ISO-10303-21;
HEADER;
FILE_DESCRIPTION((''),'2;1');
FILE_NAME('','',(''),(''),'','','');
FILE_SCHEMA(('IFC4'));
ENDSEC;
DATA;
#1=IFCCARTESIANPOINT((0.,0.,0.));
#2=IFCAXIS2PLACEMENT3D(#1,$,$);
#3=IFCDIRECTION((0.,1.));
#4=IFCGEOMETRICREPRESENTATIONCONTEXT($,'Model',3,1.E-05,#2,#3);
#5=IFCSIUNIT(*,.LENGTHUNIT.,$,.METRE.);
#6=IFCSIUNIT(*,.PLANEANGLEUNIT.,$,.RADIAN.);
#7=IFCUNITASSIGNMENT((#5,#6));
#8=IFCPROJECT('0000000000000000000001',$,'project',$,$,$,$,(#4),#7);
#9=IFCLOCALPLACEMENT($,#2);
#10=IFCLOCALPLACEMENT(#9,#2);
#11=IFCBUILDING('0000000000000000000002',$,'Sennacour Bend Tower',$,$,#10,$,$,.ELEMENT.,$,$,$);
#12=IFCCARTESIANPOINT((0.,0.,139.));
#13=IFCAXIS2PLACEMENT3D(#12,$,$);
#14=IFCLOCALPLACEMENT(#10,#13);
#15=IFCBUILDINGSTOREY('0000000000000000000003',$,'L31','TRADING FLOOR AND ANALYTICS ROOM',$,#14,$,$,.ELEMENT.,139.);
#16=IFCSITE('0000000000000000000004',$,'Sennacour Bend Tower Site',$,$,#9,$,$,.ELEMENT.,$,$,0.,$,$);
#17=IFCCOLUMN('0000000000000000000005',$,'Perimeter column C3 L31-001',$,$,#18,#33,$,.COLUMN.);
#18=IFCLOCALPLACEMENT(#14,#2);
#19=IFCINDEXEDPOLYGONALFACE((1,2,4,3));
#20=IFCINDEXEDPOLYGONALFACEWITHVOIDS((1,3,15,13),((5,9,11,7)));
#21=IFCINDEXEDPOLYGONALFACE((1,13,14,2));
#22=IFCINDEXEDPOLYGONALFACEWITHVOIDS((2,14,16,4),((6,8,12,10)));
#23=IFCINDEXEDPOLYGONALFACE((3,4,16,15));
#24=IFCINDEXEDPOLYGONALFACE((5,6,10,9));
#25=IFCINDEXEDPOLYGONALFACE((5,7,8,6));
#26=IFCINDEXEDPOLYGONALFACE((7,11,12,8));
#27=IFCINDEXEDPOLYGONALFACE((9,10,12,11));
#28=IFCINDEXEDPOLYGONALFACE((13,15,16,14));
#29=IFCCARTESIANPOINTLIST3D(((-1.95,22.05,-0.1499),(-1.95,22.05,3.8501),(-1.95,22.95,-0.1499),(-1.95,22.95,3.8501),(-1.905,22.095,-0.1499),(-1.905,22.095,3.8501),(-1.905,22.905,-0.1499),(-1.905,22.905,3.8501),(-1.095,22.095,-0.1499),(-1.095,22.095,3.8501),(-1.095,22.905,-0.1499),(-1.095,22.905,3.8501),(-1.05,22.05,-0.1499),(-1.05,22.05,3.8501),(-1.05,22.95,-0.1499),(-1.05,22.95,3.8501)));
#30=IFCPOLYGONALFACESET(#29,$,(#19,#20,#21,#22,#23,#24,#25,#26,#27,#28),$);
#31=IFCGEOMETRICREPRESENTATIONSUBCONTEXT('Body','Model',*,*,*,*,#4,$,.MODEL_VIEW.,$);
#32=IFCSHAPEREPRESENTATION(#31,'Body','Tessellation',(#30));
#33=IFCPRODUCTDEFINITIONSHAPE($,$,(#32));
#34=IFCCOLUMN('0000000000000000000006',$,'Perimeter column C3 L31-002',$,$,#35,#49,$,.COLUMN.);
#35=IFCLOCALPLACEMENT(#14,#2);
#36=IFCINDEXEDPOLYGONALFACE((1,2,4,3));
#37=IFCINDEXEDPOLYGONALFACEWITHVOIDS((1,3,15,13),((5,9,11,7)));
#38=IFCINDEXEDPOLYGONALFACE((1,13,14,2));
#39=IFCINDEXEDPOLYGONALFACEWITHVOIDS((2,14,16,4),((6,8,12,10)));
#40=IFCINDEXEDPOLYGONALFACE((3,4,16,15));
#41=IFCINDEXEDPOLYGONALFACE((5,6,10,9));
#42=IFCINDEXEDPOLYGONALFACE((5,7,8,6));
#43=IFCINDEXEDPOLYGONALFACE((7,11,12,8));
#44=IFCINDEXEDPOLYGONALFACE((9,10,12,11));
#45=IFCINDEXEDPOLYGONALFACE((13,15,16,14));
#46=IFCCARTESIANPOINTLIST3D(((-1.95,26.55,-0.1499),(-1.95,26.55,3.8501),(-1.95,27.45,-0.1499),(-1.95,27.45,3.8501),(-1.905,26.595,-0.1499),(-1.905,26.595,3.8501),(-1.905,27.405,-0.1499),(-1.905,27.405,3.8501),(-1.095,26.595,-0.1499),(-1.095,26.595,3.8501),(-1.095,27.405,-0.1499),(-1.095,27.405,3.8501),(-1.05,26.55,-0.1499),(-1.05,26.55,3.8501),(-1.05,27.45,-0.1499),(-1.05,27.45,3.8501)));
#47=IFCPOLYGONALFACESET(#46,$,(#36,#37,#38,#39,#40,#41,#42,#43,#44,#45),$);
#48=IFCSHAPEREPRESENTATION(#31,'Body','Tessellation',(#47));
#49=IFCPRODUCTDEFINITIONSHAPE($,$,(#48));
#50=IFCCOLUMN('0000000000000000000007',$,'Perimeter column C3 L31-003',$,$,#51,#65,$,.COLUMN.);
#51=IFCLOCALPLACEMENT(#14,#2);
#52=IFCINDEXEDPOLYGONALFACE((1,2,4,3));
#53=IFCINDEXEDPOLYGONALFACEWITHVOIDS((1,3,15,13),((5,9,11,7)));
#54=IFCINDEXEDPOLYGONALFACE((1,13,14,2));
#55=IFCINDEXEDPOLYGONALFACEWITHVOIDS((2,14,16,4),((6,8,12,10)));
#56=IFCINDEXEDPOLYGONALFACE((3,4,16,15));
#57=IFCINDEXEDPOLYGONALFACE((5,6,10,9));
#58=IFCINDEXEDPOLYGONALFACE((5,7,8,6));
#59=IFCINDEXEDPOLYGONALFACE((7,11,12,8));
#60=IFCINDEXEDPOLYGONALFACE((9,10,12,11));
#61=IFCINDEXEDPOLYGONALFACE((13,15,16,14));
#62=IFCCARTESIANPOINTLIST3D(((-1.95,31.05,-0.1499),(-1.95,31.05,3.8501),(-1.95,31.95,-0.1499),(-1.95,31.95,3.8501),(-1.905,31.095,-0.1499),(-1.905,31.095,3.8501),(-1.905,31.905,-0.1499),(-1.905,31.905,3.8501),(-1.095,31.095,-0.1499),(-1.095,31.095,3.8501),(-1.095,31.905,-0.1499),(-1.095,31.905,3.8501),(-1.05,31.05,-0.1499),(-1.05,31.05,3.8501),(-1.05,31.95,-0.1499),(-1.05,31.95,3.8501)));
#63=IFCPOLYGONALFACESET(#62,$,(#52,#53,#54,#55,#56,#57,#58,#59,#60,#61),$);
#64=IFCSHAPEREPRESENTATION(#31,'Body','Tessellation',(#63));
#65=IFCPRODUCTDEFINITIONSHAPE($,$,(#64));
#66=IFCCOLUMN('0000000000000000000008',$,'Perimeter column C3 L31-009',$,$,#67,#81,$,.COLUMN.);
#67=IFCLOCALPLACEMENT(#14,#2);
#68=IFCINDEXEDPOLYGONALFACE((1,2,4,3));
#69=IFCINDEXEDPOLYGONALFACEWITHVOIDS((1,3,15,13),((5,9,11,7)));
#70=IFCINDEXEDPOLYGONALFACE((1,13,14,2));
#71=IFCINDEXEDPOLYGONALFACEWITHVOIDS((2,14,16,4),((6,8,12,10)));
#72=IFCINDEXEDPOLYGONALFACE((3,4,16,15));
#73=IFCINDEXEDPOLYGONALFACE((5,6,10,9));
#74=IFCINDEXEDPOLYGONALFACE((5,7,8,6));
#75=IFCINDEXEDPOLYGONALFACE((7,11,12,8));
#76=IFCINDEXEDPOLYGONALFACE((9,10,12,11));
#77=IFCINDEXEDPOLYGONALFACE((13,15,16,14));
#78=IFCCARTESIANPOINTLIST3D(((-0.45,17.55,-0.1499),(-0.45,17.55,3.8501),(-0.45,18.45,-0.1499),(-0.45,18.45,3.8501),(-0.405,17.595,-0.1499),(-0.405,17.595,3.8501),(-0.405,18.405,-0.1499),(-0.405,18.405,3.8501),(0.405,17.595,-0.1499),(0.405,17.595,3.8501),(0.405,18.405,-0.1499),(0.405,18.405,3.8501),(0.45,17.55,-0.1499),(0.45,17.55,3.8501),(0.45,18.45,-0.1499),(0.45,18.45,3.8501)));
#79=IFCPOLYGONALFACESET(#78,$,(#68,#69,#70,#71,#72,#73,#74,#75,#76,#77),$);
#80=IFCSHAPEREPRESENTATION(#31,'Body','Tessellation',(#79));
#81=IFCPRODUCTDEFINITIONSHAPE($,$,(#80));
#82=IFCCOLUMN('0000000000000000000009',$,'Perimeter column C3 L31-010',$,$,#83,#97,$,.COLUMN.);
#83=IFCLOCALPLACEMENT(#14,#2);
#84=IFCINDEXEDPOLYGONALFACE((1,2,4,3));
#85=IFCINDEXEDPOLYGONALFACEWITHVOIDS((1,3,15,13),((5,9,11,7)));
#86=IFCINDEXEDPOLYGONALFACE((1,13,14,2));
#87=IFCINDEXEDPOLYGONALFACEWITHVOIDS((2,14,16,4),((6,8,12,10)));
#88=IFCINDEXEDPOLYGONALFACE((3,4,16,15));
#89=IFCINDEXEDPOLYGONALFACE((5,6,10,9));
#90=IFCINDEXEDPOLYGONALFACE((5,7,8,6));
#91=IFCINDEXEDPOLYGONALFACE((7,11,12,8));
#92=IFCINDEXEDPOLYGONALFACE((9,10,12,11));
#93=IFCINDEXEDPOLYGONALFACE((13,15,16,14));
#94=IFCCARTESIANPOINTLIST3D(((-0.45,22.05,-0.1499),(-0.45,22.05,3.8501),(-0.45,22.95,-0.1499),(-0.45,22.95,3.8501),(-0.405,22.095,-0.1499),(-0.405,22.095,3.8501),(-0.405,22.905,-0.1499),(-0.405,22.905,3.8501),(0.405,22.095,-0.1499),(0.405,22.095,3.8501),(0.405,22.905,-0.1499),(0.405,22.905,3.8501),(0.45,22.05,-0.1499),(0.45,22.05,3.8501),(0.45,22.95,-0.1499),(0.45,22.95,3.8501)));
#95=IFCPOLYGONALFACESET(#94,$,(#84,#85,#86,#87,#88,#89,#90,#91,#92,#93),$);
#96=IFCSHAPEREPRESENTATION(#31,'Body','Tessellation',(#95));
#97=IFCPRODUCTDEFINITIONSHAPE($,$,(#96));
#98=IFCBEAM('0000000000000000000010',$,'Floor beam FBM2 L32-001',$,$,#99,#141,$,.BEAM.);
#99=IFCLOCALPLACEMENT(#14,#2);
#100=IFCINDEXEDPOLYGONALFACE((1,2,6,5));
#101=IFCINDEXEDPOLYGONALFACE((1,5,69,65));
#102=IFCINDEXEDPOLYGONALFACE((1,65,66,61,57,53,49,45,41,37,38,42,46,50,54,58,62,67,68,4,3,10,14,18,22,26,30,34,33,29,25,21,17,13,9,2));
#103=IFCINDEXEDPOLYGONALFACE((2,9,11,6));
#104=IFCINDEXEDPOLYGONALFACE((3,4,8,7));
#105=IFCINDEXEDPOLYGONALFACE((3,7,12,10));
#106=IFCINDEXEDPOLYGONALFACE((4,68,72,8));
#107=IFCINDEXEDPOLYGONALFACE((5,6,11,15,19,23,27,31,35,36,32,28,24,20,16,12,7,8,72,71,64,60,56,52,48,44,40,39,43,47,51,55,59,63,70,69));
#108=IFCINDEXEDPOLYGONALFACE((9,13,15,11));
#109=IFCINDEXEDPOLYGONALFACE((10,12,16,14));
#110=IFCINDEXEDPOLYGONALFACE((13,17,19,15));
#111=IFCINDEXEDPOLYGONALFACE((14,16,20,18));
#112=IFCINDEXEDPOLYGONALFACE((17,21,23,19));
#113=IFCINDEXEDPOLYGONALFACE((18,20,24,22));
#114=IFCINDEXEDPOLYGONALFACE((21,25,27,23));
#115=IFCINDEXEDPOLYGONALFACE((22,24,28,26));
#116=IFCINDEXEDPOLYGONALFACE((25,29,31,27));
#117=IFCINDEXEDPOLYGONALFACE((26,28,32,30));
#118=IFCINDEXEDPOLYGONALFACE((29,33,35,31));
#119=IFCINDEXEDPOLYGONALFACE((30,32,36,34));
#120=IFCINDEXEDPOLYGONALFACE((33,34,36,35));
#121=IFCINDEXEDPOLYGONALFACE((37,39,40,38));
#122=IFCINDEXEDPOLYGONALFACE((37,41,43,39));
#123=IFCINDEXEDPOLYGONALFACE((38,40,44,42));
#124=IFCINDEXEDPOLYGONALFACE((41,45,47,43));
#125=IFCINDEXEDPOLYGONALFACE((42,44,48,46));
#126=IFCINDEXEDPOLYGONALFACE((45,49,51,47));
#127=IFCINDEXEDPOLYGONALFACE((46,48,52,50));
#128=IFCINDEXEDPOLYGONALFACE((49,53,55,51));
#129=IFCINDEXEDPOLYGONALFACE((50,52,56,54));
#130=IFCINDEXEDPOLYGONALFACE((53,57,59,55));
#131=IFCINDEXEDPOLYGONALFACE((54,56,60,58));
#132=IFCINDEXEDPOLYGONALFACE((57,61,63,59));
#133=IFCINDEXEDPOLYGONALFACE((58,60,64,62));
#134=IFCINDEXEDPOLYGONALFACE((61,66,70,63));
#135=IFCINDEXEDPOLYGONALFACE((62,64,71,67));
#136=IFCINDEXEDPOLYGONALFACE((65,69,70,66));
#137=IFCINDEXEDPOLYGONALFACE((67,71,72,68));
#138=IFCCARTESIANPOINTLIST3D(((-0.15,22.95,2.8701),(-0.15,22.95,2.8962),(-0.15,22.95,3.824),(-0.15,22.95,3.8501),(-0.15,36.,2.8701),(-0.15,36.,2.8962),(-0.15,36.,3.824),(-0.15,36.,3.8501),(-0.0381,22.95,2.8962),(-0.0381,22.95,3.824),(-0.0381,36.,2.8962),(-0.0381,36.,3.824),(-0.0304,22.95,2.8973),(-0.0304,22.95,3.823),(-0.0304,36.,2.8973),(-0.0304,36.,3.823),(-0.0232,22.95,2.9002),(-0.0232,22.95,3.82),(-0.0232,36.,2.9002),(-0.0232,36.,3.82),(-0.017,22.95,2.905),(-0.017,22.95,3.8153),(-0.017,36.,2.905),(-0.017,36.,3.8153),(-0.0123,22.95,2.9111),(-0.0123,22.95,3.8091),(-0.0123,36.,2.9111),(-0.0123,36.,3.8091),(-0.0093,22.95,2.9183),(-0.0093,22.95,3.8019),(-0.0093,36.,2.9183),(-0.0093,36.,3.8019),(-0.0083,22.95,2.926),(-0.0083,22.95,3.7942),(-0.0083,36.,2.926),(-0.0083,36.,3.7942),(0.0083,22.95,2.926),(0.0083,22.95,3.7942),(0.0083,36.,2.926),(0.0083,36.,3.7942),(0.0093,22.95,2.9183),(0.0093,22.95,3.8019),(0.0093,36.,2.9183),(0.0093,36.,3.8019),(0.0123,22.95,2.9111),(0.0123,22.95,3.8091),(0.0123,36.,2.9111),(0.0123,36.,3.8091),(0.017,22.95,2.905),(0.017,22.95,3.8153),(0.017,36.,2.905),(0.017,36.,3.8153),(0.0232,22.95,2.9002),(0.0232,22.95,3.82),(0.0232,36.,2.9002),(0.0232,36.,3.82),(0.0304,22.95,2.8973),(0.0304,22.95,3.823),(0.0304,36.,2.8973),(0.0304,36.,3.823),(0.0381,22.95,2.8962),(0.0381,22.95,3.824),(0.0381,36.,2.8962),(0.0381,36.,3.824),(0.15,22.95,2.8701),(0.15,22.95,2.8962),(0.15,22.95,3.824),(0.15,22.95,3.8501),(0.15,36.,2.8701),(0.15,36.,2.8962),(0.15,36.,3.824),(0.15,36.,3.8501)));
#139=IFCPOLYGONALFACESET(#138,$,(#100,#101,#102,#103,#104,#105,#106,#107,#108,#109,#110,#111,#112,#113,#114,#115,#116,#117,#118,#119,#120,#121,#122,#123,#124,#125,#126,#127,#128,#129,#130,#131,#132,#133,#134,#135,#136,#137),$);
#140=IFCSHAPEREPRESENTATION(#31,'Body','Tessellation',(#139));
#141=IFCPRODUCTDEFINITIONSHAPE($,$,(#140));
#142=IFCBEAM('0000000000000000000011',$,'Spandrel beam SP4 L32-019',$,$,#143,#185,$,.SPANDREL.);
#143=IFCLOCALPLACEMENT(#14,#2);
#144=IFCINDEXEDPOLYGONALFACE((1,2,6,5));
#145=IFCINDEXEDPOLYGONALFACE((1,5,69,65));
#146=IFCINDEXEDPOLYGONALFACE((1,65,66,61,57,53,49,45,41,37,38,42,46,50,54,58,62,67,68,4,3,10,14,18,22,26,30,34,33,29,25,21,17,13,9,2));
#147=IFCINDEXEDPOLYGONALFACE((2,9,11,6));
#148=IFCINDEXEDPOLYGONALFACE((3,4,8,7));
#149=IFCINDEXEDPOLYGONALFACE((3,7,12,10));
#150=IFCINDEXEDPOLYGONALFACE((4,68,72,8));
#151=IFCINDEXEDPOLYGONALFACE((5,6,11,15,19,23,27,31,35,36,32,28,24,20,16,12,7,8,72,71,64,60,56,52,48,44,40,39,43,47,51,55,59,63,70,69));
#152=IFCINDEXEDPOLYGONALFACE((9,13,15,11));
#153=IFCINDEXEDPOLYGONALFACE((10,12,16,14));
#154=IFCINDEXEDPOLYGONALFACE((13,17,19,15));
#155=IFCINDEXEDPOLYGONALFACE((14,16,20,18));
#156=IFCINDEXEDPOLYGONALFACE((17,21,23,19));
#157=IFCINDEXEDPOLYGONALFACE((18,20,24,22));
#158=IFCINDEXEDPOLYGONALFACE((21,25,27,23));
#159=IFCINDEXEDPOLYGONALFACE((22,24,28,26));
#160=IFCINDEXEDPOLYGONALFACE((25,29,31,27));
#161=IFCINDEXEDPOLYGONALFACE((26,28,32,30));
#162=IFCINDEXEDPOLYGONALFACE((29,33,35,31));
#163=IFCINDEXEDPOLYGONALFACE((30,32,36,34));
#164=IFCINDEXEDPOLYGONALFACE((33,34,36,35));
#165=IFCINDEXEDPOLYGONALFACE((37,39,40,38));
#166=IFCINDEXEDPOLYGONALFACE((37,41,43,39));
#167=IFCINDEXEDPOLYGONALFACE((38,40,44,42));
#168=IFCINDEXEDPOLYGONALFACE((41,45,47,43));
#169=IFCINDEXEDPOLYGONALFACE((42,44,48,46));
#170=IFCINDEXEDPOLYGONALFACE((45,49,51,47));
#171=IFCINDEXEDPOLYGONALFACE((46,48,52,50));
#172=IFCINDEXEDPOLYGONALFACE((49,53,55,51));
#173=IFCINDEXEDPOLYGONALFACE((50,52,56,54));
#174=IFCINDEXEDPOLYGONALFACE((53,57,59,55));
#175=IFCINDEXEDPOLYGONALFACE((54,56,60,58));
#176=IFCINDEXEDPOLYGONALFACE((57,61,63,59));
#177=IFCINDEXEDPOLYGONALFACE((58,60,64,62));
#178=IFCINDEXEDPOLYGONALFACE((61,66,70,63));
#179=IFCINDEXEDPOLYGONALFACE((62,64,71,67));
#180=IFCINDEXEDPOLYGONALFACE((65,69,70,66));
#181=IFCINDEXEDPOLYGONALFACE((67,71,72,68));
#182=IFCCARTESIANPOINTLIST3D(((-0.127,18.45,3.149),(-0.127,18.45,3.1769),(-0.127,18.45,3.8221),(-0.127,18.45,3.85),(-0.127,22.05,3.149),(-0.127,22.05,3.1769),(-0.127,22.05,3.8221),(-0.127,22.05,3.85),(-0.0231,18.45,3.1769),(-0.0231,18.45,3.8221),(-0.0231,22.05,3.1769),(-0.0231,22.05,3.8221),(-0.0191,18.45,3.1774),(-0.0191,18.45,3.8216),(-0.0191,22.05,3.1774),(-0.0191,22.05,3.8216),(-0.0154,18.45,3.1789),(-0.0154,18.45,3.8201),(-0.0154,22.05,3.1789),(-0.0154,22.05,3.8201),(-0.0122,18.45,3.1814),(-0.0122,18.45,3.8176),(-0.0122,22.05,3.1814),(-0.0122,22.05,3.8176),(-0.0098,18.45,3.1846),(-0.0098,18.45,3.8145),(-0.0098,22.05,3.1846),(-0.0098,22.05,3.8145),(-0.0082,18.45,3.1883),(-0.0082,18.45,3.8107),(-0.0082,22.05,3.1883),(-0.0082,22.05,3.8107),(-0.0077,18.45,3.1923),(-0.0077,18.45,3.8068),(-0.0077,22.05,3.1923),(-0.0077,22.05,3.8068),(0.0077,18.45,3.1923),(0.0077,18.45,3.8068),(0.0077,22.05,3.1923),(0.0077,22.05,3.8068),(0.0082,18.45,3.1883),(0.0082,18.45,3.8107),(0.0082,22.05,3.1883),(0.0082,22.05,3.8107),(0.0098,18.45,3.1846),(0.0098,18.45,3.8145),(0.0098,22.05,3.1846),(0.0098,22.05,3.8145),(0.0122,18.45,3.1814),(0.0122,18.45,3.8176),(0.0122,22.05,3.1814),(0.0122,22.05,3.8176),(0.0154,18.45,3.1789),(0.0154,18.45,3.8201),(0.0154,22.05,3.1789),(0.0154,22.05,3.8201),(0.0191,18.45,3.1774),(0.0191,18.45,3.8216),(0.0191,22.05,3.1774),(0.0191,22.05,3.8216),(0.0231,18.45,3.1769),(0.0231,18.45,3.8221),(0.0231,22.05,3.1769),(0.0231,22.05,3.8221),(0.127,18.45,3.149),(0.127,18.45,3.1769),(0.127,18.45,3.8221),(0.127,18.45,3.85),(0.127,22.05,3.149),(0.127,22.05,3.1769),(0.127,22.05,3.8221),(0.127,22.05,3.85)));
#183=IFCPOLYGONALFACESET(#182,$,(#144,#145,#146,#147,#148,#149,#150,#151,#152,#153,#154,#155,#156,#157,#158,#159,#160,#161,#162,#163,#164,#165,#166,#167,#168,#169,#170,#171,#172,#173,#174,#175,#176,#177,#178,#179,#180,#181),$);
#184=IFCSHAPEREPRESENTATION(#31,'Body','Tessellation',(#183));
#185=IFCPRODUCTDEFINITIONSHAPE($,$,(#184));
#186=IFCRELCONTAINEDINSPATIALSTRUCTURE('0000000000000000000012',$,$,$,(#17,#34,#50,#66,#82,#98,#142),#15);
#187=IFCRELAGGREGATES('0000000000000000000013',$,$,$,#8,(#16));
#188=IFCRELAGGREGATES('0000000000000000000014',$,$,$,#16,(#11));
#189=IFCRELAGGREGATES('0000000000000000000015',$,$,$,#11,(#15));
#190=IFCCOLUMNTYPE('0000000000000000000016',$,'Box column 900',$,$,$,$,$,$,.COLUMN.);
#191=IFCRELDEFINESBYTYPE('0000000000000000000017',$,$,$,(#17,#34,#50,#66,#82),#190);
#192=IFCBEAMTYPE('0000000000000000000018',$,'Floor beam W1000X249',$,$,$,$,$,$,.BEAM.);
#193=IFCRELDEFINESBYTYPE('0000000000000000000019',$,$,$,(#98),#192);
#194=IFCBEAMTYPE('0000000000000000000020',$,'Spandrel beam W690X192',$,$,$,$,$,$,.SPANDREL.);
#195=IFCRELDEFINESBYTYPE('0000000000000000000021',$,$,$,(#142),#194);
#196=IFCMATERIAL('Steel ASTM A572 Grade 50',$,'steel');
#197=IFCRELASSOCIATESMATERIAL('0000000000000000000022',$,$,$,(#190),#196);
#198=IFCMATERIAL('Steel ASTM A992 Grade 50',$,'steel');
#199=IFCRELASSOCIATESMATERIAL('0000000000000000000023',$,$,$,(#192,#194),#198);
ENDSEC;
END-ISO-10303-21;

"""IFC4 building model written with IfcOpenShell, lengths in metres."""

from ifc_helpers import new_model, si_unit, direction, frame, origin, origin_2d, place, context, subcontext, project, spatial, hollow_rectangle, i_section, extrude, material, material_profile, profile_set, type_object, element, save


model = new_model("IFC4")

# Units and contexts
model_context = context("Model", 3, precision=1e-05, world=origin(), true_north=direction((0.0, 1.0)))
body_context = subcontext(model_context, "Body", "Model", "MODEL_VIEW")
ifc_project = project(units=[si_unit("LENGTHUNIT", "METRE"), si_unit("PLANEANGLEUNIT", "RADIAN")], contexts=[model_context])

# Site, building, storey
site_placement = place(None, origin())
site = spatial("IfcSite", under=ifc_project, at=site_placement, Name="Sennacour Bend Tower Site", CompositionType="ELEMENT", RefElevation=0.0)
building_placement = place(site_placement, origin())
building = spatial("IfcBuilding", under=site, at=building_placement, Name="Sennacour Bend Tower", CompositionType="ELEMENT")
storey_placement = place(building_placement, frame((0.0, 0.0, 139.0)))
storey = spatial("IfcBuildingStorey", under=building, at=storey_placement, Name="L31", Description="TRADING FLOOR AND ANALYTICS ROOM", CompositionType="ELEMENT", Elevation=139.0)

# Columns
ifc_material_1 = material(Name="Steel ASTM A572 Grade 50", Category="steel")
ifc_material_profile_1 = material_profile(ifc_material_1, hollow_rectangle(XDim=0.8999, YDim=0.8999, WallThickness=0.0449, at=origin_2d()), Name="Steel ASTM A572 Grade 50", Category="steel")
ifc_profile_set_1 = profile_set([ifc_material_profile_1], Name="Steel ASTM A572 Grade 50")
column_type = type_object("IfcColumnType", Name="Box column 900", PredefinedType="COLUMN", material=ifc_profile_set_1)
for number, where, z_axis, x_axis, name in (
    (1, (-1.5, 22.5, -0.1499), (0.0, 0.0, 1.0), (1.0, 0.0, 0.0), "Perimeter column C3 L31-001"),
    (2, (-1.5, 27.0, -0.1499), (0.0, 0.0, 1.0), (1.0, 0.0, 0.0), "Perimeter column C3 L31-002"),
    (3, (-1.5, 31.5, -0.1499), (0.0, 0.0, 1.0), (1.0, 0.0, 0.0), "Perimeter column C3 L31-003"),
    (4, (0.0, 18.0, -0.1499), (0.0, 0.0, 1.0), (1.0, 0.0, 0.0), "Perimeter column C3 L31-009"),
    (5, (0.0, 22.5, -0.1499), (0.0, 0.0, 1.0), (1.0, 0.0, 0.0), "Perimeter column C3 L31-010"),
):
    element("IfcColumn", number, at=place(storey_placement, frame(where, z_axis=z_axis, x_axis=x_axis)), inside=storey, type_object=column_type, Name=name, PredefinedType="COLUMN", context=body_context, shape_type="SweptSolid", body=[
        extrude(hollow_rectangle(XDim=0.8999, YDim=0.8999, WallThickness=0.0449, at=origin_2d()), origin(), (0.0, 0.0, 1.0), 4.0),
    ])

# Beams
ifc_material_2 = material(Name="Steel ASTM A992 Grade 50", Category="steel")
ifc_material_profile_2 = material_profile(ifc_material_2, i_section(OverallWidth=0.3, OverallDepth=0.98, WebThickness=0.0166, FlangeThickness=0.0261, FilletRadius=0.0298, at=origin_2d()), Name="Steel ASTM A992 Grade 50", Category="steel")
ifc_profile_set_2 = profile_set([ifc_material_profile_2], Name="Steel ASTM A992 Grade 50")
beam_type_1 = type_object("IfcBeamType", Name="Floor beam W1000X249", PredefinedType="BEAM", material=ifc_profile_set_2)
beam_placement = place(storey_placement, frame((0.0, 22.95, 3.3601), z_axis=(0.0, 1.0, 0.0), x_axis=(-1.0, 0.0, 0.0)))
element("IfcBeam", 6, at=beam_placement, inside=storey, type_object=beam_type_1, Name="Floor beam FBM2 L32-001", PredefinedType="BEAM", context=body_context, shape_type="SweptSolid", body=[
    extrude(i_section(OverallWidth=0.3, OverallDepth=0.98, WebThickness=0.0166, FlangeThickness=0.0261, FilletRadius=0.0298, at=origin_2d()), origin(), (0.0, 0.0, 1.0), 13.05),
])
ifc_material_profile_3 = material_profile(ifc_material_2, i_section(OverallWidth=0.2539, OverallDepth=0.7009, WebThickness=0.0154, FlangeThickness=0.0278, FilletRadius=0.0154, at=origin_2d()), Name="Steel ASTM A992 Grade 50", Category="steel")
ifc_profile_set_3 = profile_set([ifc_material_profile_3], Name="Steel ASTM A992 Grade 50")
beam_type_2 = type_object("IfcBeamType", Name="Spandrel beam W690X192", PredefinedType="SPANDREL", material=ifc_profile_set_3)
for number, where, z_axis, x_axis, name in (
    (7, (0.0, 18.45, 3.4995), (0.0, 1.0, 0.0), (-1.0, 0.0, 0.0), "Spandrel beam SP4 L32-019"),
):
    element("IfcBeam", number, at=place(storey_placement, frame(where, z_axis=z_axis, x_axis=x_axis)), inside=storey, type_object=beam_type_2, Name=name, PredefinedType="SPANDREL", context=body_context, shape_type="SweptSolid", body=[
        extrude(i_section(OverallWidth=0.2539, OverallDepth=0.7009, WebThickness=0.0154, FlangeThickness=0.0278, FilletRadius=0.0154, at=origin_2d()), origin(), (0.0, 0.0, 1.0), 3.6001),
    ])

save(model, "model.ifc")
